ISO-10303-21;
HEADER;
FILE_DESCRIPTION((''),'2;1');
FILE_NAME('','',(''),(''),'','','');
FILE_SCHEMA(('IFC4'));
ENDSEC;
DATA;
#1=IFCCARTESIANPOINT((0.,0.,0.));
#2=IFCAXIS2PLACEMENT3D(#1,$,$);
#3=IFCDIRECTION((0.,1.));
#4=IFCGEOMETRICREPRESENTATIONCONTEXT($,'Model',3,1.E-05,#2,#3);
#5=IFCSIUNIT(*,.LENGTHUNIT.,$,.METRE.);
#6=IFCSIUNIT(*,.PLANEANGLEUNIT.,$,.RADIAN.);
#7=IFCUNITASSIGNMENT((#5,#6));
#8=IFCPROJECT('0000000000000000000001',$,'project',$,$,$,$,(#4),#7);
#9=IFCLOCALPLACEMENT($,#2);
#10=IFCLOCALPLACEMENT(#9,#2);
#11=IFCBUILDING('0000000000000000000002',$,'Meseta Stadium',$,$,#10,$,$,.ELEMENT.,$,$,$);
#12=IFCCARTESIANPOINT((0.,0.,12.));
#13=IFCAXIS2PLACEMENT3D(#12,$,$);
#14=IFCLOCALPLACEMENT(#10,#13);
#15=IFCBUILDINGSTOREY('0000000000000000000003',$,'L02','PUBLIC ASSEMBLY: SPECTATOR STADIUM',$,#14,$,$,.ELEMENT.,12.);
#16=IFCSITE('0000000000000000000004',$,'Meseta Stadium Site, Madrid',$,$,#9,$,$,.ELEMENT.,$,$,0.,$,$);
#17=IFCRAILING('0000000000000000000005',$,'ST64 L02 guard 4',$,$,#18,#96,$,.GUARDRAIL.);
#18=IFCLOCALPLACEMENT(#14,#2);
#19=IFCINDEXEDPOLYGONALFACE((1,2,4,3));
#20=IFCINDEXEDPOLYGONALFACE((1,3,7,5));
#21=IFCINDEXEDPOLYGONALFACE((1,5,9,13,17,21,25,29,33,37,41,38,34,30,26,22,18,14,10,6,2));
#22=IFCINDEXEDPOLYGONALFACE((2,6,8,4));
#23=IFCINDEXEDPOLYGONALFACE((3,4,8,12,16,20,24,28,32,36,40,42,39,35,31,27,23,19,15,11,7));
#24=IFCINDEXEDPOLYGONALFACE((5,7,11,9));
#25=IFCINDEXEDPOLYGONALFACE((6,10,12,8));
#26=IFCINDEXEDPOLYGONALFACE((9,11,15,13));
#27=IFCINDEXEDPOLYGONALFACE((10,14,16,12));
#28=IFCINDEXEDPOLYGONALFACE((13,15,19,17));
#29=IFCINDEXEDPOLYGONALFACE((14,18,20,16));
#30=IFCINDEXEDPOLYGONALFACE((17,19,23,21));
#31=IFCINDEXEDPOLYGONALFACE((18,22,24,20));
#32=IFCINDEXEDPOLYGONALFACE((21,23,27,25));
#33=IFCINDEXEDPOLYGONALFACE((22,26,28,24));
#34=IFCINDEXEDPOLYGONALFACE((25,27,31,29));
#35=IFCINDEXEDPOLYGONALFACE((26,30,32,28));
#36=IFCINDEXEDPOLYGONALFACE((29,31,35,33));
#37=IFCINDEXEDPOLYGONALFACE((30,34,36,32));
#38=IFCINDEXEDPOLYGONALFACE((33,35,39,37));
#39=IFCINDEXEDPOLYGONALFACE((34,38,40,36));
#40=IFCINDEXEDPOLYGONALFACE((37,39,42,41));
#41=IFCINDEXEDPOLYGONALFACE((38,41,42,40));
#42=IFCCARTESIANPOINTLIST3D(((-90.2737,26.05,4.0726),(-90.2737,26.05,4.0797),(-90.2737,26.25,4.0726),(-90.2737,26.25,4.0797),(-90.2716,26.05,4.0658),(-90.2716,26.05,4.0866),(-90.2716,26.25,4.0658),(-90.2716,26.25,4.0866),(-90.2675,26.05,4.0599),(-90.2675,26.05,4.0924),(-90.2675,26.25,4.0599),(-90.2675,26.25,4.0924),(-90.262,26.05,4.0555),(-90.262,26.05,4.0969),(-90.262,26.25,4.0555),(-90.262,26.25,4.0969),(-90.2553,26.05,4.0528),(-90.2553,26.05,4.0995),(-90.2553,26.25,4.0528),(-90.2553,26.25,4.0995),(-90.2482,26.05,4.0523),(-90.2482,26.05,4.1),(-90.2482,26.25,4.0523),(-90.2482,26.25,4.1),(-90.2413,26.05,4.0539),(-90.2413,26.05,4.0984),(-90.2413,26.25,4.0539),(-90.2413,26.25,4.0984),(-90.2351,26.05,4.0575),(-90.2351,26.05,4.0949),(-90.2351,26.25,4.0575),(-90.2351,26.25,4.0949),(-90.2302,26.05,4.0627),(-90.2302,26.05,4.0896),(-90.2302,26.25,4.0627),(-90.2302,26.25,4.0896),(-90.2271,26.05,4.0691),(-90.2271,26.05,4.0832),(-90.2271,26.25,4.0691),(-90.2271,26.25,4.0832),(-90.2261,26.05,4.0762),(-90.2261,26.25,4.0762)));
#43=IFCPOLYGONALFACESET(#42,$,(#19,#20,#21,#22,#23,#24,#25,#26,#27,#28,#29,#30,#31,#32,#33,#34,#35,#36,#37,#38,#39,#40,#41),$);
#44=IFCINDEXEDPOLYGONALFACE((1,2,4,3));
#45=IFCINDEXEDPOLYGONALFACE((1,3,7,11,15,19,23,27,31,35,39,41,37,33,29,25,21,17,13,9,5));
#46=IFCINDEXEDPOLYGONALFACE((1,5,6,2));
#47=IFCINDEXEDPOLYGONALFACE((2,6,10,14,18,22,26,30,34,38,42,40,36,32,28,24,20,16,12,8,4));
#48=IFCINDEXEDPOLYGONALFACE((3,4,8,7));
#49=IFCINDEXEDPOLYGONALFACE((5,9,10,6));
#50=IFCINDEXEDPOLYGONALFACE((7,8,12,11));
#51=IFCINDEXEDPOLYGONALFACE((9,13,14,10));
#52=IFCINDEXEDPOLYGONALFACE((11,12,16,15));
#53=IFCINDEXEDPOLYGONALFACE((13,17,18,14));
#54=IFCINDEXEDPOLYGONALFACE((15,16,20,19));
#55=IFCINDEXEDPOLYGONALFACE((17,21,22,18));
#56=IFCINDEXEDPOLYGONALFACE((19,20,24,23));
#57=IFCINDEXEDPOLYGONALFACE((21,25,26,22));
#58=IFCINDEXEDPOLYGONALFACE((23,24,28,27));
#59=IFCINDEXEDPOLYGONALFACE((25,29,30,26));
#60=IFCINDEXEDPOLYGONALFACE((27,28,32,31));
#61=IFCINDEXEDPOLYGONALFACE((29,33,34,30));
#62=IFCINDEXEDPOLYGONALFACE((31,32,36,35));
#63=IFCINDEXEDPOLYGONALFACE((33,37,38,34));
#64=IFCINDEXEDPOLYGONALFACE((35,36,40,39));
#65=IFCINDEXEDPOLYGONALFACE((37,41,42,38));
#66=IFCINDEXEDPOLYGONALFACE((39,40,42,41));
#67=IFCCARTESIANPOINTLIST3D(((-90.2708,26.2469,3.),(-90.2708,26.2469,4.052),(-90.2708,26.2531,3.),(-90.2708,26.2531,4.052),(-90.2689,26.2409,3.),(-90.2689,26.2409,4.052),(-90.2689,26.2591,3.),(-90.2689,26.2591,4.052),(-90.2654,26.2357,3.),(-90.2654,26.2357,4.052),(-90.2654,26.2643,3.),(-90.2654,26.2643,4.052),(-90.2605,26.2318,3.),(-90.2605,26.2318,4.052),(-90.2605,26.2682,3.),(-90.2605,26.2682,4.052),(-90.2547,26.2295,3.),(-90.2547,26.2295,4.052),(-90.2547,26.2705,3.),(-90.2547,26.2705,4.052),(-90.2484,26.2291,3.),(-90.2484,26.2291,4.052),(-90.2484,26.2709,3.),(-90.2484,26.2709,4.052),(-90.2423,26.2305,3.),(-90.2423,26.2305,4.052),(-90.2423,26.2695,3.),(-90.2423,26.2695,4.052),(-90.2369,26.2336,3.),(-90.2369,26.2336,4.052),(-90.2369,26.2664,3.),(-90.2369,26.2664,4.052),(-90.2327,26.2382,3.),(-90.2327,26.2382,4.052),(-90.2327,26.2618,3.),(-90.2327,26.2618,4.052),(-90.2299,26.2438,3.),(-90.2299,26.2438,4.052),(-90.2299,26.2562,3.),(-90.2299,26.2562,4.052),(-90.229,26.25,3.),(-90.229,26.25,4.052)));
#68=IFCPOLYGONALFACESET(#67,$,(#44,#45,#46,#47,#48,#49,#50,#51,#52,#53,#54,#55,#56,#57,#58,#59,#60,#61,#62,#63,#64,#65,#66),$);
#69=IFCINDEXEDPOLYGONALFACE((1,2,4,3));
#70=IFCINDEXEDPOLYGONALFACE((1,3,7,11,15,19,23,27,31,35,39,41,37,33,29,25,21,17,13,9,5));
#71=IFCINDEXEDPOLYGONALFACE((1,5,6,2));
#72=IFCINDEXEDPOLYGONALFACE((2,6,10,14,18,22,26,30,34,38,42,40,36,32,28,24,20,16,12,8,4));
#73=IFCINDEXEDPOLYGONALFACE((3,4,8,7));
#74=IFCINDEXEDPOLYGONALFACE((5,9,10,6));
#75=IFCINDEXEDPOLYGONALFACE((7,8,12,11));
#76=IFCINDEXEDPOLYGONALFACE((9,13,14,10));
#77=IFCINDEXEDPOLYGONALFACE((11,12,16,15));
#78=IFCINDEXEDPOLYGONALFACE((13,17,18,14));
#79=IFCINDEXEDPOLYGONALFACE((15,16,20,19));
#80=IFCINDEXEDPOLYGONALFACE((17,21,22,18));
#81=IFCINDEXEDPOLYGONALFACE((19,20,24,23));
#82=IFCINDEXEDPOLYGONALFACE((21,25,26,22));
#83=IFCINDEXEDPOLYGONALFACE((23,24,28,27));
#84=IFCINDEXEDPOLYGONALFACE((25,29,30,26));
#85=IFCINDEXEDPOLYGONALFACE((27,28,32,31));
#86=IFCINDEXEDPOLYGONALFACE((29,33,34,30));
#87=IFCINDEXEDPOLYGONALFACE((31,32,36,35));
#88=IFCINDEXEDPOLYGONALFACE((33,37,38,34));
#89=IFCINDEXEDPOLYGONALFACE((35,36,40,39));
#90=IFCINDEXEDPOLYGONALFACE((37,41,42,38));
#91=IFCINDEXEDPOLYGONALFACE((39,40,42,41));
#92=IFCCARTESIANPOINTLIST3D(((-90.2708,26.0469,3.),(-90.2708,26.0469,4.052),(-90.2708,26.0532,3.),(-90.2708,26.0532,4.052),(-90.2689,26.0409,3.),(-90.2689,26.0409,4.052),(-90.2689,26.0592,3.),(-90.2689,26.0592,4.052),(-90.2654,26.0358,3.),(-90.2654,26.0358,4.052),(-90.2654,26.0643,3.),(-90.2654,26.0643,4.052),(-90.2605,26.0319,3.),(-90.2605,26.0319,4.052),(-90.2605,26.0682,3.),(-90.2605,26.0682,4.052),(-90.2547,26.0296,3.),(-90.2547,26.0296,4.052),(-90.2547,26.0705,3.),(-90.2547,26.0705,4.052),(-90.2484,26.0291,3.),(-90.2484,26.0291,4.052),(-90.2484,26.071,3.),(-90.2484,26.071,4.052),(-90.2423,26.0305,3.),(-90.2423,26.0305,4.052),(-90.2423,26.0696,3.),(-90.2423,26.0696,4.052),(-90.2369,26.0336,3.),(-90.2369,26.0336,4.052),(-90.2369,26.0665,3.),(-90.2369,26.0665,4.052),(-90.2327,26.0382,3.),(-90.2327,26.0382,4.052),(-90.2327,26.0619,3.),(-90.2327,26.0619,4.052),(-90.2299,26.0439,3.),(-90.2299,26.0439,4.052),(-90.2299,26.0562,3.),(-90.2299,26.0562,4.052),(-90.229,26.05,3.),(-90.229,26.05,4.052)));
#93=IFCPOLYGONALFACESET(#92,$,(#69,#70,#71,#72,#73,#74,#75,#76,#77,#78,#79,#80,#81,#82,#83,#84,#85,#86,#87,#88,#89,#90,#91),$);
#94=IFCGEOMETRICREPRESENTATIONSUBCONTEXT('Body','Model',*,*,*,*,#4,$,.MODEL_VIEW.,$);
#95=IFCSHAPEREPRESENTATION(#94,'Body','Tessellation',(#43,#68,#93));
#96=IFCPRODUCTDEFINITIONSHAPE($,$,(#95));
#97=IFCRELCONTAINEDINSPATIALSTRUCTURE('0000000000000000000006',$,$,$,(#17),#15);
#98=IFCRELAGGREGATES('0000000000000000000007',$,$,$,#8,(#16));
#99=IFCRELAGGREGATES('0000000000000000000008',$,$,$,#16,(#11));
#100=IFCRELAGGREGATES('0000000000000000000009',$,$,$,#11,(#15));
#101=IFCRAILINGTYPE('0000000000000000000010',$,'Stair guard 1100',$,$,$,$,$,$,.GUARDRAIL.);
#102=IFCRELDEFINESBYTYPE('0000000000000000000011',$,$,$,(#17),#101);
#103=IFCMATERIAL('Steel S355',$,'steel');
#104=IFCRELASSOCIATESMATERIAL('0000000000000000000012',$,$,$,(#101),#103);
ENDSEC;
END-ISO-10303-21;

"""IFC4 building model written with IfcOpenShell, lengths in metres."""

from ifc_helpers import new_model, si_unit, direction, frame, origin, origin_2d, place, context, subcontext, project, spatial, circle, extrude, material, type_object, element, save


model = new_model("IFC4")

# Units and contexts
model_context = context("Model", 3, precision=1e-05, world=origin(), true_north=direction((0.0, 1.0)))
body_context = subcontext(model_context, "Body", "Model", "MODEL_VIEW")
ifc_project = project(units=[si_unit("LENGTHUNIT", "METRE"), si_unit("PLANEANGLEUNIT", "RADIAN")], contexts=[model_context])

# Site, building, storey
site_placement = place(None, origin())
site = spatial("IfcSite", under=ifc_project, at=site_placement, Name="Meseta Stadium Site, Madrid", CompositionType="ELEMENT", RefElevation=0.0)
building_placement = place(site_placement, origin())
building = spatial("IfcBuilding", under=site, at=building_placement, Name="Meseta Stadium", CompositionType="ELEMENT")
storey_placement = place(building_placement, frame((0.0, 0.0, 12.0)))
storey = spatial("IfcBuildingStorey", under=building, at=storey_placement, Name="L02", Description="PUBLIC ASSEMBLY: SPECTATOR STADIUM", CompositionType="ELEMENT", Elevation=12.0)

# Railing
ifc_material_1 = material(Name="Steel S355", Category="steel")
railing_type_1 = type_object("IfcRailingType", Name="Stair guard 1100", PredefinedType="GUARDRAIL", material=ifc_material_1)
railing_1_placement = place(storey_placement, frame((-90.25, 26.25, 3.0)))
element("IfcRailing", 1, at=railing_1_placement, inside=storey, type_object=railing_type_1, Name="ST64 L02 guard 4", PredefinedType="GUARDRAIL", context=body_context, shape_type="SweptSolid", body=[
    extrude(circle(Radius=0.0239, at=origin_2d()), frame((0.0, 0.0, 1.0762), z_axis=(0.0, -1.0, 0.0), x_axis=(1.0, 0.0, 0.0)), (0.0, 0.0, 1.0), 0.2),
    extrude(circle(Radius=0.021, at=origin_2d()), origin(), (0.0, 0.0, 1.0), 1.052),
    extrude(circle(Radius=0.021, at=origin_2d()), frame((0.0, -0.2, 0.0)), (0.0, 0.0, 1.0), 1.052),
])

save(model, "model.ifc")
